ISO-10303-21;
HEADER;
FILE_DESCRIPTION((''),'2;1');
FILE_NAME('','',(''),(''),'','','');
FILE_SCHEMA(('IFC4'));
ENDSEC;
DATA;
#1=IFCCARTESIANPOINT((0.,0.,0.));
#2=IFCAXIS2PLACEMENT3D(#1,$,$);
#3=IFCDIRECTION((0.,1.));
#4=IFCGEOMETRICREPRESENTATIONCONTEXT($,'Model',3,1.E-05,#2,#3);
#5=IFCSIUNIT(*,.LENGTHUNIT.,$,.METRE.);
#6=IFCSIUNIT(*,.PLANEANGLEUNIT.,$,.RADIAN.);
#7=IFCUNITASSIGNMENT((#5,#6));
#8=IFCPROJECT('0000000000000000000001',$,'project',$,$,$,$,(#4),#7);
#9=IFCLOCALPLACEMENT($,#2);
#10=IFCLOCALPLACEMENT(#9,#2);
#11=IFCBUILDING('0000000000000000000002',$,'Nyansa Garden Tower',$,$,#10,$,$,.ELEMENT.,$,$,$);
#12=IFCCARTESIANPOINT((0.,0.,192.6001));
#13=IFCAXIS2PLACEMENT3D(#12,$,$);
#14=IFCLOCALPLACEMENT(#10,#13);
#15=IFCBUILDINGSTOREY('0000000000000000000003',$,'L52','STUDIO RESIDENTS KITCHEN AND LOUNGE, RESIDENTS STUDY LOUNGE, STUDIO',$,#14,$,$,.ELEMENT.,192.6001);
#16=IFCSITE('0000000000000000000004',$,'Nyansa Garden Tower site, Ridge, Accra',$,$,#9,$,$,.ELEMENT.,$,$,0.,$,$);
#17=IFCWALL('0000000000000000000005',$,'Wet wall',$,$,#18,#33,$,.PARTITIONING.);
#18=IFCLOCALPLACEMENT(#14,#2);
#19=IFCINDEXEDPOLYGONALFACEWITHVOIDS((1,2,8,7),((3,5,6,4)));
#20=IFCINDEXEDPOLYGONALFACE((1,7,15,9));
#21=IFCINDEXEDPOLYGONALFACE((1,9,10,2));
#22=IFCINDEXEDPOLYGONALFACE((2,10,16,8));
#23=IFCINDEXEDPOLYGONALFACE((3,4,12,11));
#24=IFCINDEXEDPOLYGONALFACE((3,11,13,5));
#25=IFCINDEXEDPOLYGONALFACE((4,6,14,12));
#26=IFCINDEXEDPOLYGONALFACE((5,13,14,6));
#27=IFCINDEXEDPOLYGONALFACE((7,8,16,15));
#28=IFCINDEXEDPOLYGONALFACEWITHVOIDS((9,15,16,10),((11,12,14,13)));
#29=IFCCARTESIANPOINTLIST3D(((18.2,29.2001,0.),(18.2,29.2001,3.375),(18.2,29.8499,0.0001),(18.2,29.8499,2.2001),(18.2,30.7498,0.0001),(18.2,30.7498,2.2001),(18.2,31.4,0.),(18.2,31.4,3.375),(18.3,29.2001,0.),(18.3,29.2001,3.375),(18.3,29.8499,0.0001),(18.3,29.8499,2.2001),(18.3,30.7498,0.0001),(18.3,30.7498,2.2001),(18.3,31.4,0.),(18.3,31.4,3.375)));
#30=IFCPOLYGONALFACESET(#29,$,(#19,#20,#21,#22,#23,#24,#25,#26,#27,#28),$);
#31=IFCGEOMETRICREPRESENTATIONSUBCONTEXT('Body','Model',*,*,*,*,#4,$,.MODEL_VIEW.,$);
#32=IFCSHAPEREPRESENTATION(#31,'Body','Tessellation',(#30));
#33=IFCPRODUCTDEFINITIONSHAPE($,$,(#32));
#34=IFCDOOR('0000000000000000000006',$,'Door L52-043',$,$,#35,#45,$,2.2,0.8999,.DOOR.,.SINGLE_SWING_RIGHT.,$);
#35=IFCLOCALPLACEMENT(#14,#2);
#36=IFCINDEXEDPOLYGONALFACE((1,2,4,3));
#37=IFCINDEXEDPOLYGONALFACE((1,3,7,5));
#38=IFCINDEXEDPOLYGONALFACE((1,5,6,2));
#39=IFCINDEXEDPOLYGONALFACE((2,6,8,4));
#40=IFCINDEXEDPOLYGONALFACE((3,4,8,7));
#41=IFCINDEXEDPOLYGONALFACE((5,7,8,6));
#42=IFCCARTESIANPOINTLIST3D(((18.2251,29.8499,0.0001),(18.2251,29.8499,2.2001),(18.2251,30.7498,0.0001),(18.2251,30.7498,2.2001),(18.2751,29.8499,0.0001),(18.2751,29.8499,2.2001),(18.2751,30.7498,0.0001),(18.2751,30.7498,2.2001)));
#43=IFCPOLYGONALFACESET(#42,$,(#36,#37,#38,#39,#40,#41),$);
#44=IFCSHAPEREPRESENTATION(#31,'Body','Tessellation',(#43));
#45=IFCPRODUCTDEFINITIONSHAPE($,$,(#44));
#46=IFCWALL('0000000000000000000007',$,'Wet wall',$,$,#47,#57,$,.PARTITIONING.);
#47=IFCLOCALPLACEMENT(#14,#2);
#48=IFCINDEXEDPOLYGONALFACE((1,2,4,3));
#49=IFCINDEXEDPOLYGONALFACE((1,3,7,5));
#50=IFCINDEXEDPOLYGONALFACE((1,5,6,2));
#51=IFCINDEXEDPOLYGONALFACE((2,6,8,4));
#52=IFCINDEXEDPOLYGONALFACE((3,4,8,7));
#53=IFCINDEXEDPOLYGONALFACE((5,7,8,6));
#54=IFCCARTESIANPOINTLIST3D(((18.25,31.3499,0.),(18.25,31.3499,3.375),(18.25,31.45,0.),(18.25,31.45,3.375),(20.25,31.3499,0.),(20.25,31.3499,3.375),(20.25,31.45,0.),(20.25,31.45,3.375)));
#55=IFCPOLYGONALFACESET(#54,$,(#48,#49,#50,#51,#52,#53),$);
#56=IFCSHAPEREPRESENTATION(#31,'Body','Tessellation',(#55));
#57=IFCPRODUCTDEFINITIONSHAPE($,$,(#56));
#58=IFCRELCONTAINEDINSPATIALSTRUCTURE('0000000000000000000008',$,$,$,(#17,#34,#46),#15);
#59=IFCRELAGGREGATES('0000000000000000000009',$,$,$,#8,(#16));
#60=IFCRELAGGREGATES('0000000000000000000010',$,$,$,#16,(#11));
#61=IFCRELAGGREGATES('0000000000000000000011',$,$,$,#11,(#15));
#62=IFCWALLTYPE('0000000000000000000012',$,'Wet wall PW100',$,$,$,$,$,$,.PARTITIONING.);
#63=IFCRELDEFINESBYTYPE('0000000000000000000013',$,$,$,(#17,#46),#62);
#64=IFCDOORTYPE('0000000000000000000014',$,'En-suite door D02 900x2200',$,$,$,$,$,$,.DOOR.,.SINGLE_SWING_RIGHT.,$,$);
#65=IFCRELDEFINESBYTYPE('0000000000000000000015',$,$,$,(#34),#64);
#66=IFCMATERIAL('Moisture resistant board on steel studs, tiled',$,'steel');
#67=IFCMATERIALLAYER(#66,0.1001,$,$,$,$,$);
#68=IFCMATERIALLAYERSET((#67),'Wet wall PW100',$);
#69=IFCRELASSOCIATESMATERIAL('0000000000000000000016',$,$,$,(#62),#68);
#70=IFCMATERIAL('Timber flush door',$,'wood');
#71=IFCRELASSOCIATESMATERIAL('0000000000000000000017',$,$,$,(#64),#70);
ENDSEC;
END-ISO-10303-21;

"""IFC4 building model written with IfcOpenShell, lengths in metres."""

from ifc_helpers import new_model, si_unit, direction, frame, frame_2d, origin, place, context, subcontext, project, spatial, rectangle, extrude, material, layer, layer_set, type_object, element, fill, save


model = new_model("IFC4")

# Units and contexts
model_context = context("Model", 3, precision=1e-05, world=origin(), true_north=direction((0.0, 1.0)))
body_context = subcontext(model_context, "Body", "Model", "MODEL_VIEW")
ifc_project = project(units=[si_unit("LENGTHUNIT", "METRE"), si_unit("PLANEANGLEUNIT", "RADIAN")], contexts=[model_context])

# Site, building, storey
site_placement = place(None, origin())
site = spatial("IfcSite", under=ifc_project, at=site_placement, Name="Nyansa Garden Tower site, Ridge, Accra", CompositionType="ELEMENT", RefElevation=0.0)
building_placement = place(site_placement, origin())
building = spatial("IfcBuilding", under=site, at=building_placement, Name="Nyansa Garden Tower", CompositionType="ELEMENT")
storey_placement = place(building_placement, frame((0.0, 0.0, 192.6001)))
storey = spatial("IfcBuildingStorey", under=building, at=storey_placement, Name="L52", Description="STUDIO RESIDENTS KITCHEN AND LOUNGE, RESIDENTS STUDY LOUNGE, STUDIO", CompositionType="ELEMENT", Elevation=192.6001)

# Shared definitions
ifc_material_1 = material(Name="Moisture resistant board on steel studs, tiled", Category="steel")
ifc_layer_1 = layer(ifc_material_1, 0.1001)
ifc_layer_set_1 = layer_set([ifc_layer_1], Name="Wet wall PW100")
wall_type_1 = type_object("IfcWallType", Name="Wet wall PW100", PredefinedType="PARTITIONING", material=ifc_layer_set_1)
ifc_material_2 = material(Name="Timber flush door", Category="wood")
door_type = type_object("IfcDoorType", Name="En-suite door D02 900x2200", OperationType="SINGLE_SWING_RIGHT", PredefinedType="DOOR", material=ifc_material_2)

# Wall, opening, door
wall_1_placement = place(storey_placement, frame((18.25, 29.2, 0.0), z_axis=(0.0, 0.0, 1.0), x_axis=(0.0, 1.0, 0.0)))
wall_1 = element("IfcWall", 1, at=wall_1_placement, inside=storey, type_object=wall_type_1, Name="Wet wall", PredefinedType="PARTITIONING", context=body_context, shape_type="SweptSolid", body=[
    extrude(rectangle(XDim=2.2, YDim=0.1001, at=frame_2d((1.1001, 0.0))), origin(), (0.0, 0.0, 1.0), 3.375),
])
opening_1_placement = place(wall_1_placement, frame((0.6499, 0.0, 0.0)))
opening_1 = element("IfcOpeningElement", 2, at=opening_1_placement, cuts=wall_1, PredefinedType="OPENING", context=body_context, shape_type="SweptSolid", body=[
    extrude(rectangle(XDim=0.8999, YDim=2.2, at=frame_2d((0.45, 1.1001))), frame((0.0, 0.0601, 0.0), z_axis=(0.0, -1.0, 0.0), x_axis=(1.0, 0.0, 0.0)), (0.0, 0.0, 1.0), 0.1201),
])
door_1_placement = place(opening_1_placement, origin())
door_1 = element("IfcDoor", 3, at=door_1_placement, inside=storey, type_object=door_type, Name="Door L52-043", OperationType="SINGLE_SWING_RIGHT", OverallHeight=2.2, OverallWidth=0.8999, PredefinedType="DOOR", context=body_context, shape_type="SweptSolid", body=[
    extrude(rectangle(XDim=0.8999, YDim=2.2, at=frame_2d((0.45, 1.1001))), frame((0.0, 0.0249, 0.0), z_axis=(0.0, -1.0, 0.0), x_axis=(1.0, 0.0, 0.0)), (0.0, 0.0, 1.0), 0.05),
])
fill(opening_1, door_1)

# Wall
wall_2_placement = place(storey_placement, frame((18.25, 31.3999, 0.0), z_axis=(0.0, 0.0, 1.0), x_axis=(1.0, 0.0, 0.0)))
element("IfcWall", 4, at=wall_2_placement, inside=storey, type_object=wall_type_1, Name="Wet wall", PredefinedType="PARTITIONING", context=body_context, shape_type="SweptSolid", body=[
    extrude(rectangle(XDim=2.0, YDim=0.1001, at=frame_2d((1.0, 0.0))), origin(), (0.0, 0.0, 1.0), 3.375),
])

save(model, "model.ifc")
